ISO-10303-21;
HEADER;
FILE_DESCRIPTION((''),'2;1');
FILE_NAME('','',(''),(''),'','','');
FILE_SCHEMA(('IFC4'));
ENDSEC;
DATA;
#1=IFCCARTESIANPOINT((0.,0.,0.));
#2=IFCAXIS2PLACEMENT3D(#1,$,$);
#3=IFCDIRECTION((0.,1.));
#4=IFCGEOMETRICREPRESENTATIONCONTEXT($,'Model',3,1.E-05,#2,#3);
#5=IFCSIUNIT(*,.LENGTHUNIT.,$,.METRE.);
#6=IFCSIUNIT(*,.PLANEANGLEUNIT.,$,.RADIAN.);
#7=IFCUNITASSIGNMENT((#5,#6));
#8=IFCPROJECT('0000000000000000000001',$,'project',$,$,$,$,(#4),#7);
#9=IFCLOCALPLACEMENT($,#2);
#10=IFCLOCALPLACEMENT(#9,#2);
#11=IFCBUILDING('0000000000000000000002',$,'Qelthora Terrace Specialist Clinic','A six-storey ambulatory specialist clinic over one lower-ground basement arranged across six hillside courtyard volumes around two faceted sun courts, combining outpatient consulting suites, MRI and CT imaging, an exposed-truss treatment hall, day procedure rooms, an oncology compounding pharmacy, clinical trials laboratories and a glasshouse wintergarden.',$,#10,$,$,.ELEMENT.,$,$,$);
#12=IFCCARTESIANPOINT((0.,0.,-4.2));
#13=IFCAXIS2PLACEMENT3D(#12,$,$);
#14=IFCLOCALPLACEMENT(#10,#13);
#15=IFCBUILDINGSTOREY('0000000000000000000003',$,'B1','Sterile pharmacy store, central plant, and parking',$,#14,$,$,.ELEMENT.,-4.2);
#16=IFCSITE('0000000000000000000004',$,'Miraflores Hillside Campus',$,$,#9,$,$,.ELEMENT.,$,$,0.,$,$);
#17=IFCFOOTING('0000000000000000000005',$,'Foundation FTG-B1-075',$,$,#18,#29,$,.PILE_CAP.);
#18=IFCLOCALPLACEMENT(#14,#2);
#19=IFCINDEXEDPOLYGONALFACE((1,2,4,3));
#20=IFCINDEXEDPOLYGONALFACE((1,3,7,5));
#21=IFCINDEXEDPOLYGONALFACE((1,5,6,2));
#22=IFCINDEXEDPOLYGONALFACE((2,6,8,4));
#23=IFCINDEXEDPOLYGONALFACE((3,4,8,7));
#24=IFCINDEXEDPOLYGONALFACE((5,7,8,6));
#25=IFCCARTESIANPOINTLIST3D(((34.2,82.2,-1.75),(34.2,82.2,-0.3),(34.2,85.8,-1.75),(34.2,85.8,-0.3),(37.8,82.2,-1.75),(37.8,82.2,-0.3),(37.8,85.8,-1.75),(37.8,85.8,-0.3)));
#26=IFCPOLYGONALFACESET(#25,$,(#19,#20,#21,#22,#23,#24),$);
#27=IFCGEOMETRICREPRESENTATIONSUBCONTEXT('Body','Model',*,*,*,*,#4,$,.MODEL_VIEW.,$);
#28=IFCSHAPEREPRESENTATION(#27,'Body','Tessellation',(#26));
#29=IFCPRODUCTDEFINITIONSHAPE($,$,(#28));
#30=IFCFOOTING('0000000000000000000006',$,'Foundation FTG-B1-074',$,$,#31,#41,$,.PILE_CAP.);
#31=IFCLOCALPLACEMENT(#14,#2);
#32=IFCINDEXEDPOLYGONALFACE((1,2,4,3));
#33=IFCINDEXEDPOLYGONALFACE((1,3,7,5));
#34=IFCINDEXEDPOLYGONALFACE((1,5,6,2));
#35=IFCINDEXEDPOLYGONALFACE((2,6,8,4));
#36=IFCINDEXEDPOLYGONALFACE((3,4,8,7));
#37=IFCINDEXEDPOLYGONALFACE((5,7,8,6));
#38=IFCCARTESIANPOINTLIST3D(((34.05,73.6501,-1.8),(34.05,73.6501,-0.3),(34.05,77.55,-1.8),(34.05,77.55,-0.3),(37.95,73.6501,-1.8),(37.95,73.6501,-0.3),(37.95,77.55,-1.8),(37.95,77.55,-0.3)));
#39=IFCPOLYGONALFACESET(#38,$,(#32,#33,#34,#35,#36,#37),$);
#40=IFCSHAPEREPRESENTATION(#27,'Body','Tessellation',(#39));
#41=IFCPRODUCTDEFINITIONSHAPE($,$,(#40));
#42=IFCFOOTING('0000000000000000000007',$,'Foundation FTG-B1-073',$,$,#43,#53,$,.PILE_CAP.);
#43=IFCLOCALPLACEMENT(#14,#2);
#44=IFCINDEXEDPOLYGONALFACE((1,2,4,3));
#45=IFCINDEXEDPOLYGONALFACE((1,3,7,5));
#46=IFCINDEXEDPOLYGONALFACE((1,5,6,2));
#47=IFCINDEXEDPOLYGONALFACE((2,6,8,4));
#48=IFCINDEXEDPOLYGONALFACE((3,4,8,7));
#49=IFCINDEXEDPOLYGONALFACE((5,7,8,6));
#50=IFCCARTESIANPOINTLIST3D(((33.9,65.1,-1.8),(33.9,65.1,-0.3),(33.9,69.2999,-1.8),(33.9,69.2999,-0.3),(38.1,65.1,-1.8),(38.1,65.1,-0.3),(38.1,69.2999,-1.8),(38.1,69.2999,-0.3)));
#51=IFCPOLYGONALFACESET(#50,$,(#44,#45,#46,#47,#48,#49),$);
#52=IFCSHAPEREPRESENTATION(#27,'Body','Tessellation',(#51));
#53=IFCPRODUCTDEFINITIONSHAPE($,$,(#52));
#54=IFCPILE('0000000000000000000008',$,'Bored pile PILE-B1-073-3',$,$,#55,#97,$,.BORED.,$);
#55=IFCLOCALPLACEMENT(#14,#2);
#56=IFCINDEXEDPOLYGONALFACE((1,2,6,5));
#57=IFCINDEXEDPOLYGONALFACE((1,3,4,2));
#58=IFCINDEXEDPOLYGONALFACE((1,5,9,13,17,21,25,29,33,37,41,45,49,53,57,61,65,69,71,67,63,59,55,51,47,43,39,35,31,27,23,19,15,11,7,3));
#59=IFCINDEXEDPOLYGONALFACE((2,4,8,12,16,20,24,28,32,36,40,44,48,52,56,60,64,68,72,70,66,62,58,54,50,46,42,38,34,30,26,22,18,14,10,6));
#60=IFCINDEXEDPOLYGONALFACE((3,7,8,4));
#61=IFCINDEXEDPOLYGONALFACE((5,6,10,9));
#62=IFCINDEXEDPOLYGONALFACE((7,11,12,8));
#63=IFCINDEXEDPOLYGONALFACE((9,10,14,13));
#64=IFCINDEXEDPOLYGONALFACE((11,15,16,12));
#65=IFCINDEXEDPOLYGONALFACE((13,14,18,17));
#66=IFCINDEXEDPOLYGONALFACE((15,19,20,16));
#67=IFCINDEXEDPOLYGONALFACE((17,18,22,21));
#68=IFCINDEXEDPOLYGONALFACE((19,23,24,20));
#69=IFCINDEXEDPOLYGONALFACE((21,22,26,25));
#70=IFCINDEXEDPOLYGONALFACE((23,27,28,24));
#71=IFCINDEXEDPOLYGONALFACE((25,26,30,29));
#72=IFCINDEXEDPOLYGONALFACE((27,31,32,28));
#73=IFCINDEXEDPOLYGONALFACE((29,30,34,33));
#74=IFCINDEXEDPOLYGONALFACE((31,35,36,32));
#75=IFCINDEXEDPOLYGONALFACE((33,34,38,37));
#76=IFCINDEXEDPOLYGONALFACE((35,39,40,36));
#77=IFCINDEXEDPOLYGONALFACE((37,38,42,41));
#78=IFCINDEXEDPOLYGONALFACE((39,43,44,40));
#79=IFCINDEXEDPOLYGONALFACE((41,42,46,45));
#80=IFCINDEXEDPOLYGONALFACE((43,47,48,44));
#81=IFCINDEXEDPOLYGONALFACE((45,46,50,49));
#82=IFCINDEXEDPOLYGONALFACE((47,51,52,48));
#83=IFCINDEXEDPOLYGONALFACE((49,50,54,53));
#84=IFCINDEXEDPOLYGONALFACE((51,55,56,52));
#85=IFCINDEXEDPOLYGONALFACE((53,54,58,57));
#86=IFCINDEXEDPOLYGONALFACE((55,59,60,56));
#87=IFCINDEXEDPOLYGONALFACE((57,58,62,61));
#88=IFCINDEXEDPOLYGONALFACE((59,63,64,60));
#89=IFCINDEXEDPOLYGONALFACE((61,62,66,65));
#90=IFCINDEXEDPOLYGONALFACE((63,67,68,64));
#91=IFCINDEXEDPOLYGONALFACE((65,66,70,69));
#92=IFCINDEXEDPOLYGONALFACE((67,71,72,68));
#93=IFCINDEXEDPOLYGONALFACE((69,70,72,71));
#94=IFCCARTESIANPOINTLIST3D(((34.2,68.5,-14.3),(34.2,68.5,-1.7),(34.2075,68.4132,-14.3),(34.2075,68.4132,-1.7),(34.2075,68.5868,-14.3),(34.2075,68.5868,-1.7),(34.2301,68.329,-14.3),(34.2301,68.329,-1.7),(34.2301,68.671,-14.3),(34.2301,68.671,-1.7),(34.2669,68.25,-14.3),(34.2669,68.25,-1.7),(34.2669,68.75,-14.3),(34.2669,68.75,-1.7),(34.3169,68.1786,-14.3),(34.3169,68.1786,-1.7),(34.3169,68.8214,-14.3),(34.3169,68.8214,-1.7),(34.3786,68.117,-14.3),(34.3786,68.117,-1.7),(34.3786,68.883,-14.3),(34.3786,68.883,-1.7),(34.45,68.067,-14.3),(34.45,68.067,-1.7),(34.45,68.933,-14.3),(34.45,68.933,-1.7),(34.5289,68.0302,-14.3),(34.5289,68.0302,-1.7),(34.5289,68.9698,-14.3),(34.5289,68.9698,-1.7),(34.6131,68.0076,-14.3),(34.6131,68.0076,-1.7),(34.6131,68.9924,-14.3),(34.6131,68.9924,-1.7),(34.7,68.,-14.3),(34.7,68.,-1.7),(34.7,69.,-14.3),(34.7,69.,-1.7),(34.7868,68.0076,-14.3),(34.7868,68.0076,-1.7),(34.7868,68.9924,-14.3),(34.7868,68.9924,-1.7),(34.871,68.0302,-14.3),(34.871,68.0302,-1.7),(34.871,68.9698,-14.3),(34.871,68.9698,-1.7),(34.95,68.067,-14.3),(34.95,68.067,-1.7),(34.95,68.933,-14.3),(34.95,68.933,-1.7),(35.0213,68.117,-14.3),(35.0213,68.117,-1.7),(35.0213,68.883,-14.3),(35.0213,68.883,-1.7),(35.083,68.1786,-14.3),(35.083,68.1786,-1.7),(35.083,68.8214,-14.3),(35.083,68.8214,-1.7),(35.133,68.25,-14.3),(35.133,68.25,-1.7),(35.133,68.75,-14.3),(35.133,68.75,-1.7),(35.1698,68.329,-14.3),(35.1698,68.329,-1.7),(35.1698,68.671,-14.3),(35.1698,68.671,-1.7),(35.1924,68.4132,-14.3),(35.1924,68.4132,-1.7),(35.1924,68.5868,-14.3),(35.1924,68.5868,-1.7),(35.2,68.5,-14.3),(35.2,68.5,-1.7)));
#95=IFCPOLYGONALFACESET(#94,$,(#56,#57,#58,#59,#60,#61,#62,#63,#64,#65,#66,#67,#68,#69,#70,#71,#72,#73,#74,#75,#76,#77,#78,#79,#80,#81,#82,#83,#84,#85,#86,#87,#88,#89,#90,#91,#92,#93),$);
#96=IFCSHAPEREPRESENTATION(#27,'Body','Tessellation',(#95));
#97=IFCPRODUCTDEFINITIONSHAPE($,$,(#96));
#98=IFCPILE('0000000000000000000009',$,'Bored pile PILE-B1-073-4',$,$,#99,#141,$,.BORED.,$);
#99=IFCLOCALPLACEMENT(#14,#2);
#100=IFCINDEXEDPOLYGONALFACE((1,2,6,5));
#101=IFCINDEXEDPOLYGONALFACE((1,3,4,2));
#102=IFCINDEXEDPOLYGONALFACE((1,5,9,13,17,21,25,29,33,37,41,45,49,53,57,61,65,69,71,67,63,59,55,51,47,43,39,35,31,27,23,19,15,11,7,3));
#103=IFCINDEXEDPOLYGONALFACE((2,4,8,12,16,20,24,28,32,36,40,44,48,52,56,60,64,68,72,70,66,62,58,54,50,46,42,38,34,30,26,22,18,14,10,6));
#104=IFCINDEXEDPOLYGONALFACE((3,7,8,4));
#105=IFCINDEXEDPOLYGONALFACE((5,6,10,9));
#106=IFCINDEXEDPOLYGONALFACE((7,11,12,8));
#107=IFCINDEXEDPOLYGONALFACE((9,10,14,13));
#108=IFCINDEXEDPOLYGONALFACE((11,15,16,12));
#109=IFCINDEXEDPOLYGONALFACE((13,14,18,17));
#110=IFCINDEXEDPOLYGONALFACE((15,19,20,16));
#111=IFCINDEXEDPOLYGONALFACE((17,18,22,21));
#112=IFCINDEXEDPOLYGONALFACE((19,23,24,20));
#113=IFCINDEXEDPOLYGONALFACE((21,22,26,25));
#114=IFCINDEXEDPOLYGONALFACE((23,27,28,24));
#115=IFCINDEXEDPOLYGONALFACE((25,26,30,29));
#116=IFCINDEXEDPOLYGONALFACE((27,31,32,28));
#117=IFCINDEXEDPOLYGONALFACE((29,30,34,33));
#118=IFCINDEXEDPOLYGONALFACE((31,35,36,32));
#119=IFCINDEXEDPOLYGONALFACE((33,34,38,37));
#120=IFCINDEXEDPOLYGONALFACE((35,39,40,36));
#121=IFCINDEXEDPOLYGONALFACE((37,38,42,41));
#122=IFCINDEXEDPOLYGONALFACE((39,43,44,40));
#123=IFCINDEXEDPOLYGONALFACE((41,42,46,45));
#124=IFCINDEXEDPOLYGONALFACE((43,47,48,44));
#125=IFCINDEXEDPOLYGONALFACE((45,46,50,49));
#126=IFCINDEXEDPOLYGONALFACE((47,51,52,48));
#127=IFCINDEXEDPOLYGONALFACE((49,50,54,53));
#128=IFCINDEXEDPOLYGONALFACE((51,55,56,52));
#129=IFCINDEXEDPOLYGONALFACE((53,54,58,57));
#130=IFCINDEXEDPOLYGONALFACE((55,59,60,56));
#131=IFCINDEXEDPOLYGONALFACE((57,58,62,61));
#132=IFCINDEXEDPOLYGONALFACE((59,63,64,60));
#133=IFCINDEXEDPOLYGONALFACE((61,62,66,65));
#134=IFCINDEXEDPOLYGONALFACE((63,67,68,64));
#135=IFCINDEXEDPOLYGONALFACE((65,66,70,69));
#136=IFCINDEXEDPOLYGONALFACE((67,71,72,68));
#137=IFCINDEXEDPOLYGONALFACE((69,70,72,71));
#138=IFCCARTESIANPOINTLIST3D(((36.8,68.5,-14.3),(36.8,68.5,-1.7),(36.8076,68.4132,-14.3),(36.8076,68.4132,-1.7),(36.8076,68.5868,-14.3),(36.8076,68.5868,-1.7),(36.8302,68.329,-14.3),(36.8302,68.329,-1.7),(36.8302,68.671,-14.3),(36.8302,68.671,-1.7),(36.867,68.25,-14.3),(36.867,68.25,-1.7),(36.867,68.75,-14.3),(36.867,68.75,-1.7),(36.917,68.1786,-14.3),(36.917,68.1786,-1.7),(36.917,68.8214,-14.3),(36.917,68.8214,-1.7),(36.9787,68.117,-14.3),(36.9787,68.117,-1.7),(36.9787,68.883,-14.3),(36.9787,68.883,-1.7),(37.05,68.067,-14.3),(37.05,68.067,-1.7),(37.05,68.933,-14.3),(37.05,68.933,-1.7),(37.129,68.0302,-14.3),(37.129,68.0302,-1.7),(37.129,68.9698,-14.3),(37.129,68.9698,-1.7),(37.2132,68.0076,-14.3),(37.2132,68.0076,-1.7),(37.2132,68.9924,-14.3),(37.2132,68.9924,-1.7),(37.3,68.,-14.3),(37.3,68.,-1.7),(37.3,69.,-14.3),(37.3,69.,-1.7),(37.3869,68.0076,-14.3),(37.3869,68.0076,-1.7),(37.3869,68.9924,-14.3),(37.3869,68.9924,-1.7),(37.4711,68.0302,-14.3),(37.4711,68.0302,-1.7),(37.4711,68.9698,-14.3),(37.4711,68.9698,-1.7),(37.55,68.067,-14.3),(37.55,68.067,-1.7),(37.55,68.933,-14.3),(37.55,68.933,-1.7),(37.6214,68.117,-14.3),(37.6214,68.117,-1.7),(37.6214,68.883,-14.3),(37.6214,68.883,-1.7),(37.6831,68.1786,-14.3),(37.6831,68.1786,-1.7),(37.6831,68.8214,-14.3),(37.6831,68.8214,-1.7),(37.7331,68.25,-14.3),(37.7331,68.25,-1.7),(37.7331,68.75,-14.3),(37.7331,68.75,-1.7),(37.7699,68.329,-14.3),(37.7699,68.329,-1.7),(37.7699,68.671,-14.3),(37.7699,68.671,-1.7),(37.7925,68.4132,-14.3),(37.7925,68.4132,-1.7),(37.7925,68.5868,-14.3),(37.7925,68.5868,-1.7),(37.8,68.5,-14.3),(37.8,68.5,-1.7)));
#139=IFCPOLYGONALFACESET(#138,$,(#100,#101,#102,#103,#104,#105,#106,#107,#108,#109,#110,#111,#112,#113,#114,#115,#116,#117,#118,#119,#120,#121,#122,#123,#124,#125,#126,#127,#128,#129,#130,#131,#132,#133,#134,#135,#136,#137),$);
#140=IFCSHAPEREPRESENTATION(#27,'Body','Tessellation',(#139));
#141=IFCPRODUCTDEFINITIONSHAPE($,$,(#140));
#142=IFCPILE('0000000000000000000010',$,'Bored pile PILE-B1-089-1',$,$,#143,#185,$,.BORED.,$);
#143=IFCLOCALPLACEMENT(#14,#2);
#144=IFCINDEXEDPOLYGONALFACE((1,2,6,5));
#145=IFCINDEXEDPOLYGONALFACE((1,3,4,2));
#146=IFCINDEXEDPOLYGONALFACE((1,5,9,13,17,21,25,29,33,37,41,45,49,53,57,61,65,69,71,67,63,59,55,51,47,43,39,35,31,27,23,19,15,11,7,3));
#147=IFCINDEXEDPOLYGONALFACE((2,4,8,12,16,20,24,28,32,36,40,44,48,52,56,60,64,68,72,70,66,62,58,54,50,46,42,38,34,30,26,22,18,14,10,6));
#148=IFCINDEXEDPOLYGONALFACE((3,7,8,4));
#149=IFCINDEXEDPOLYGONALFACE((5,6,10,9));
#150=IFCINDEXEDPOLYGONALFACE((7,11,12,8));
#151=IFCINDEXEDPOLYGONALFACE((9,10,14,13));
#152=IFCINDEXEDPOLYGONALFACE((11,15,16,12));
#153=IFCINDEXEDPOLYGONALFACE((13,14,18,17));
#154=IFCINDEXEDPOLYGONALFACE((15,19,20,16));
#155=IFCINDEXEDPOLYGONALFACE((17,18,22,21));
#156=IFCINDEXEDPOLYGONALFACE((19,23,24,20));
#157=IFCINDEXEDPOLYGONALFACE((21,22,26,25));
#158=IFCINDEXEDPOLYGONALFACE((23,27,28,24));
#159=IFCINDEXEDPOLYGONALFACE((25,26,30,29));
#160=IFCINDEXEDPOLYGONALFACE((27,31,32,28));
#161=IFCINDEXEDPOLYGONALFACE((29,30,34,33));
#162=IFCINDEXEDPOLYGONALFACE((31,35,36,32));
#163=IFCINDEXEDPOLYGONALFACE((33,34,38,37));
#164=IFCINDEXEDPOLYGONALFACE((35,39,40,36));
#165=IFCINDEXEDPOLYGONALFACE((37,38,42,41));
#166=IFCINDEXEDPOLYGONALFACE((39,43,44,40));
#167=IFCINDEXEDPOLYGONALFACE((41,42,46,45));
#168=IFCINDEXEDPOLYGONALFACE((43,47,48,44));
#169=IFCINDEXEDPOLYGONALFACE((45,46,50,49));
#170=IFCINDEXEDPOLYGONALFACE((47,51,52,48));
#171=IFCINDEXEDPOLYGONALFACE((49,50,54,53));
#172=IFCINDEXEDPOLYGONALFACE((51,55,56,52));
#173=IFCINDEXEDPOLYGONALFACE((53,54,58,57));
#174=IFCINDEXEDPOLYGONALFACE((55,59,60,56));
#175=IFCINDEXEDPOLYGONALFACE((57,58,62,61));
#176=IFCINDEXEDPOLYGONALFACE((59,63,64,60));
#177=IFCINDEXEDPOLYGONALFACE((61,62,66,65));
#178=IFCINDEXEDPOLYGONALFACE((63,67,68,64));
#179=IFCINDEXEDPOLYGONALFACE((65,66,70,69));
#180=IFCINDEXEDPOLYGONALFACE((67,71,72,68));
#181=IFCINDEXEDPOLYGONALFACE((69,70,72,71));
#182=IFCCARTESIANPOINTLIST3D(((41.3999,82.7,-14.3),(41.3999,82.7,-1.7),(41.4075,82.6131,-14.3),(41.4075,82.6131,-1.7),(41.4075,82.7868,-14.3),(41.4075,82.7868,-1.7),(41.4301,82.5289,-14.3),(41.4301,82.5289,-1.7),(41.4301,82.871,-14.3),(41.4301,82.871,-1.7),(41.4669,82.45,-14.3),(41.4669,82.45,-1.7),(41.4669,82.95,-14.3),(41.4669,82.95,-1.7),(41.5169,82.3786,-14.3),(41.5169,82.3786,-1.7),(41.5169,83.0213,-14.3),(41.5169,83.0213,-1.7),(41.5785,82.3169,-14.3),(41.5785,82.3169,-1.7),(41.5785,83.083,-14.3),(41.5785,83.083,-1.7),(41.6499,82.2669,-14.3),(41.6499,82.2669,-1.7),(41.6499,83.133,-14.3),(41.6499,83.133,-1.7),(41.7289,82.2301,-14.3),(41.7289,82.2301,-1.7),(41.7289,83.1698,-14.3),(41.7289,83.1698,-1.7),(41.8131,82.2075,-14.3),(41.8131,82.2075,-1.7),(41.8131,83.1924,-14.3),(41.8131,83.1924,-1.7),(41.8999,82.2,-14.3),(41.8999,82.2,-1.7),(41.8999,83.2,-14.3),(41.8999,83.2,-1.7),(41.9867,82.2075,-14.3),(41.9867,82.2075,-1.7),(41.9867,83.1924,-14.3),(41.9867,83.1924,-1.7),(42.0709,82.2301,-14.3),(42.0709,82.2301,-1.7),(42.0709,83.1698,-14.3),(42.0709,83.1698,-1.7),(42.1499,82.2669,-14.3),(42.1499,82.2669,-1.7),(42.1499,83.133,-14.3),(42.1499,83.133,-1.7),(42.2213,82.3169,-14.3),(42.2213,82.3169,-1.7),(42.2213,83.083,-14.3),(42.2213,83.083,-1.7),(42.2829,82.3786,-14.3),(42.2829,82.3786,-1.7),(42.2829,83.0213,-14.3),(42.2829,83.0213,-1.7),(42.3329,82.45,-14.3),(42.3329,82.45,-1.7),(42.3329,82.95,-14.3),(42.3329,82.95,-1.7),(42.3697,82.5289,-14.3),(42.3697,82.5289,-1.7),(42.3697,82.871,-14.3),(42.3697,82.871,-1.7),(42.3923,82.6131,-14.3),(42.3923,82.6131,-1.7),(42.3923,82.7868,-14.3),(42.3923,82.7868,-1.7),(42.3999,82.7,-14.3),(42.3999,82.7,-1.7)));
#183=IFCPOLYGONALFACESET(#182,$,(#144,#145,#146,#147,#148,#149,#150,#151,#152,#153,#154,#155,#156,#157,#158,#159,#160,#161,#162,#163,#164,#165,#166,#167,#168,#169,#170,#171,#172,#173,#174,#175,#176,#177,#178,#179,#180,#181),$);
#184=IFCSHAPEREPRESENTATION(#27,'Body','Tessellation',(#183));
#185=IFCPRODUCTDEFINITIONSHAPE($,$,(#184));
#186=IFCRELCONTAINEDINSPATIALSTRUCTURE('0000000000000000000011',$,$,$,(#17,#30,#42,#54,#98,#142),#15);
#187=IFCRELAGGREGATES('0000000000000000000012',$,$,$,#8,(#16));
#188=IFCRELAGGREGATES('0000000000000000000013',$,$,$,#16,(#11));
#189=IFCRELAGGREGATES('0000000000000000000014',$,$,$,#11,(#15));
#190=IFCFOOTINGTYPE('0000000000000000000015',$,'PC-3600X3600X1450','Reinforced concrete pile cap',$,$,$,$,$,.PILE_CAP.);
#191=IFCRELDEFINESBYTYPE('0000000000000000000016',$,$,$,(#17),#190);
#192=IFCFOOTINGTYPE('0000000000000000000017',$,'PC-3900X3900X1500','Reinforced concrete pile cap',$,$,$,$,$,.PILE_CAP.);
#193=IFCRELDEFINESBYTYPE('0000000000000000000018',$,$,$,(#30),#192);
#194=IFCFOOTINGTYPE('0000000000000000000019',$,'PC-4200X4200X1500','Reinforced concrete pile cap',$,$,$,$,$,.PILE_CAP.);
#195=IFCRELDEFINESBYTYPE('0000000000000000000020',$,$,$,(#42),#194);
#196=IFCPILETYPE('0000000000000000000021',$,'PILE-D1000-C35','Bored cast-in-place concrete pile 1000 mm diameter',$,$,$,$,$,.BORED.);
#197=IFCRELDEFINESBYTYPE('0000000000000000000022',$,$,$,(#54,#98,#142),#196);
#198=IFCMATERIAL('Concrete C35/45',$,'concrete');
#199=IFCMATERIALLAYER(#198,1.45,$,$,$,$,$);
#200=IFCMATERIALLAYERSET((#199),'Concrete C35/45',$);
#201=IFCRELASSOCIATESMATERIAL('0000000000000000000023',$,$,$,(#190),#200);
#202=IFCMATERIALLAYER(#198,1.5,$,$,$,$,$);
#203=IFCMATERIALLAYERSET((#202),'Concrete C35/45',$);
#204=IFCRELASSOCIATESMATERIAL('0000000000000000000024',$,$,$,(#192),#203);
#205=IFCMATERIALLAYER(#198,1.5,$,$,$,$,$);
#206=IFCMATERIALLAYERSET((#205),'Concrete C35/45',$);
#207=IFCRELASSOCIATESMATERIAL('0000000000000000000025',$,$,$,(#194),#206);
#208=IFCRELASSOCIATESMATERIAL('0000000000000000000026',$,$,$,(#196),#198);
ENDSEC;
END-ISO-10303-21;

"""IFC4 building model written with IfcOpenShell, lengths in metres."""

from ifc_helpers import new_model, si_unit, direction, frame, origin, origin_2d, place, context, subcontext, project, spatial, rectangle, circle, extrude, material, layer, layer_set, material_profile, profile_set, type_object, element, save


model = new_model("IFC4")

# Units and contexts
model_context = context("Model", 3, precision=1e-05, world=origin(), true_north=direction((0.0, 1.0)))
body_context = subcontext(model_context, "Body", "Model", "MODEL_VIEW")
ifc_project = project(units=[si_unit("LENGTHUNIT", "METRE"), si_unit("PLANEANGLEUNIT", "RADIAN")], contexts=[model_context])

# Site, building, storey
site_placement = place(None, origin())
site = spatial("IfcSite", under=ifc_project, at=site_placement, Name="Miraflores Hillside Campus", CompositionType="ELEMENT", RefElevation=0.0)
building_placement = place(site_placement, origin())
building = spatial("IfcBuilding", under=site, at=building_placement, Name="Qelthora Terrace Specialist Clinic", Description="A six-storey ambulatory specialist clinic over one lower-ground basement arranged across six hillside courtyard volumes around two faceted sun courts, combining outpatient consulting suites, MRI and CT imaging, an exposed-truss treatment hall, day procedure rooms, an oncology compounding pharmacy, clinical trials laboratories and a glasshouse wintergarden.", CompositionType="ELEMENT")
storey_placement = place(building_placement, frame((0.0, 0.0, -4.2)))
storey = spatial("IfcBuildingStorey", under=building, at=storey_placement, Name="B1", Description="Sterile pharmacy store, central plant, and parking", CompositionType="ELEMENT", Elevation=-4.2)

# Footings
ifc_material_1 = material(Name="Concrete C35/45", Category="concrete")
ifc_layer_1 = layer(ifc_material_1, 1.45)
ifc_layer_set_1 = layer_set([ifc_layer_1], Name="Concrete C35/45")
footing_type_1 = type_object("IfcFootingType", Name="PC-3600X3600X1450", Description="Reinforced concrete pile cap", PredefinedType="PILE_CAP", material=ifc_layer_set_1)
footing_1_placement = place(storey_placement, frame((36.0, 84.0, -1.75), z_axis=(0.0, 0.0, 1.0), x_axis=(1.0, 0.0, 0.0)))
element("IfcFooting", 1, at=footing_1_placement, inside=storey, type_object=footing_type_1, Name="Foundation FTG-B1-075", PredefinedType="PILE_CAP", context=body_context, shape_type="SweptSolid", body=[
    extrude(rectangle(XDim=3.6001, YDim=3.6001, at=origin_2d()), origin(), (0.0, 0.0, 1.0), 1.45),
])
ifc_layer_2 = layer(ifc_material_1, 1.5)
ifc_layer_set_2 = layer_set([ifc_layer_2], Name="Concrete C35/45")
footing_type_2 = type_object("IfcFootingType", Name="PC-3900X3900X1500", Description="Reinforced concrete pile cap", PredefinedType="PILE_CAP", material=ifc_layer_set_2)
footing_2_placement = place(storey_placement, frame((36.0, 75.6001, -1.8), z_axis=(0.0, 0.0, 1.0), x_axis=(1.0, 0.0, 0.0)))
element("IfcFooting", 2, at=footing_2_placement, inside=storey, type_object=footing_type_2, Name="Foundation FTG-B1-074", PredefinedType="PILE_CAP", context=body_context, shape_type="SweptSolid", body=[
    extrude(rectangle(XDim=3.8999, YDim=3.8999, at=origin_2d()), origin(), (0.0, 0.0, 1.0), 1.5),
])
ifc_layer_3 = layer(ifc_material_1, 1.5)
ifc_layer_set_3 = layer_set([ifc_layer_3], Name="Concrete C35/45")
footing_type_3 = type_object("IfcFootingType", Name="PC-4200X4200X1500", Description="Reinforced concrete pile cap", PredefinedType="PILE_CAP", material=ifc_layer_set_3)
footing_3_placement = place(storey_placement, frame((36.0, 67.2, -1.8), z_axis=(0.0, 0.0, 1.0), x_axis=(1.0, 0.0, 0.0)))
element("IfcFooting", 3, at=footing_3_placement, inside=storey, type_object=footing_type_3, Name="Foundation FTG-B1-073", PredefinedType="PILE_CAP", context=body_context, shape_type="SweptSolid", body=[
    extrude(rectangle(XDim=4.2, YDim=4.2, at=origin_2d()), origin(), (0.0, 0.0, 1.0), 1.5),
])

# Piles
ifc_material_profile_1 = material_profile(ifc_material_1, circle(Radius=0.5, at=origin_2d()), Name="PILE1000")
ifc_profile_set_1 = profile_set([ifc_material_profile_1], Name="Concrete C35/45")
pile_type_1 = type_object("IfcPileType", Name="PILE-D1000-C35", Description="Bored cast-in-place concrete pile 1000 mm diameter", PredefinedType="BORED", material=ifc_profile_set_1)
for number, where, z_axis, x_axis, name in (
    (4, (34.7, 68.5, -1.7), (0.0, 0.0, -1.0), (1.0, 0.0, 0.0), "Bored pile PILE-B1-073-3"),
    (5, (37.3, 68.5, -1.7), (0.0, 0.0, -1.0), (1.0, 0.0, 0.0), "Bored pile PILE-B1-073-4"),
    (6, (41.8999, 82.7, -1.7), (0.0, 0.0, -1.0), (1.0, 0.0, 0.0), "Bored pile PILE-B1-089-1"),
):
    element("IfcPile", number, at=place(storey_placement, frame(where, z_axis=z_axis, x_axis=x_axis)), inside=storey, type_object=pile_type_1, Name=name, PredefinedType="BORED", context=body_context, shape_type="SweptSolid", body=[
        extrude(circle(Radius=0.5, at=origin_2d()), origin(), (0.0, 0.0, 1.0), 12.6001),
    ])

save(model, "model.ifc")
